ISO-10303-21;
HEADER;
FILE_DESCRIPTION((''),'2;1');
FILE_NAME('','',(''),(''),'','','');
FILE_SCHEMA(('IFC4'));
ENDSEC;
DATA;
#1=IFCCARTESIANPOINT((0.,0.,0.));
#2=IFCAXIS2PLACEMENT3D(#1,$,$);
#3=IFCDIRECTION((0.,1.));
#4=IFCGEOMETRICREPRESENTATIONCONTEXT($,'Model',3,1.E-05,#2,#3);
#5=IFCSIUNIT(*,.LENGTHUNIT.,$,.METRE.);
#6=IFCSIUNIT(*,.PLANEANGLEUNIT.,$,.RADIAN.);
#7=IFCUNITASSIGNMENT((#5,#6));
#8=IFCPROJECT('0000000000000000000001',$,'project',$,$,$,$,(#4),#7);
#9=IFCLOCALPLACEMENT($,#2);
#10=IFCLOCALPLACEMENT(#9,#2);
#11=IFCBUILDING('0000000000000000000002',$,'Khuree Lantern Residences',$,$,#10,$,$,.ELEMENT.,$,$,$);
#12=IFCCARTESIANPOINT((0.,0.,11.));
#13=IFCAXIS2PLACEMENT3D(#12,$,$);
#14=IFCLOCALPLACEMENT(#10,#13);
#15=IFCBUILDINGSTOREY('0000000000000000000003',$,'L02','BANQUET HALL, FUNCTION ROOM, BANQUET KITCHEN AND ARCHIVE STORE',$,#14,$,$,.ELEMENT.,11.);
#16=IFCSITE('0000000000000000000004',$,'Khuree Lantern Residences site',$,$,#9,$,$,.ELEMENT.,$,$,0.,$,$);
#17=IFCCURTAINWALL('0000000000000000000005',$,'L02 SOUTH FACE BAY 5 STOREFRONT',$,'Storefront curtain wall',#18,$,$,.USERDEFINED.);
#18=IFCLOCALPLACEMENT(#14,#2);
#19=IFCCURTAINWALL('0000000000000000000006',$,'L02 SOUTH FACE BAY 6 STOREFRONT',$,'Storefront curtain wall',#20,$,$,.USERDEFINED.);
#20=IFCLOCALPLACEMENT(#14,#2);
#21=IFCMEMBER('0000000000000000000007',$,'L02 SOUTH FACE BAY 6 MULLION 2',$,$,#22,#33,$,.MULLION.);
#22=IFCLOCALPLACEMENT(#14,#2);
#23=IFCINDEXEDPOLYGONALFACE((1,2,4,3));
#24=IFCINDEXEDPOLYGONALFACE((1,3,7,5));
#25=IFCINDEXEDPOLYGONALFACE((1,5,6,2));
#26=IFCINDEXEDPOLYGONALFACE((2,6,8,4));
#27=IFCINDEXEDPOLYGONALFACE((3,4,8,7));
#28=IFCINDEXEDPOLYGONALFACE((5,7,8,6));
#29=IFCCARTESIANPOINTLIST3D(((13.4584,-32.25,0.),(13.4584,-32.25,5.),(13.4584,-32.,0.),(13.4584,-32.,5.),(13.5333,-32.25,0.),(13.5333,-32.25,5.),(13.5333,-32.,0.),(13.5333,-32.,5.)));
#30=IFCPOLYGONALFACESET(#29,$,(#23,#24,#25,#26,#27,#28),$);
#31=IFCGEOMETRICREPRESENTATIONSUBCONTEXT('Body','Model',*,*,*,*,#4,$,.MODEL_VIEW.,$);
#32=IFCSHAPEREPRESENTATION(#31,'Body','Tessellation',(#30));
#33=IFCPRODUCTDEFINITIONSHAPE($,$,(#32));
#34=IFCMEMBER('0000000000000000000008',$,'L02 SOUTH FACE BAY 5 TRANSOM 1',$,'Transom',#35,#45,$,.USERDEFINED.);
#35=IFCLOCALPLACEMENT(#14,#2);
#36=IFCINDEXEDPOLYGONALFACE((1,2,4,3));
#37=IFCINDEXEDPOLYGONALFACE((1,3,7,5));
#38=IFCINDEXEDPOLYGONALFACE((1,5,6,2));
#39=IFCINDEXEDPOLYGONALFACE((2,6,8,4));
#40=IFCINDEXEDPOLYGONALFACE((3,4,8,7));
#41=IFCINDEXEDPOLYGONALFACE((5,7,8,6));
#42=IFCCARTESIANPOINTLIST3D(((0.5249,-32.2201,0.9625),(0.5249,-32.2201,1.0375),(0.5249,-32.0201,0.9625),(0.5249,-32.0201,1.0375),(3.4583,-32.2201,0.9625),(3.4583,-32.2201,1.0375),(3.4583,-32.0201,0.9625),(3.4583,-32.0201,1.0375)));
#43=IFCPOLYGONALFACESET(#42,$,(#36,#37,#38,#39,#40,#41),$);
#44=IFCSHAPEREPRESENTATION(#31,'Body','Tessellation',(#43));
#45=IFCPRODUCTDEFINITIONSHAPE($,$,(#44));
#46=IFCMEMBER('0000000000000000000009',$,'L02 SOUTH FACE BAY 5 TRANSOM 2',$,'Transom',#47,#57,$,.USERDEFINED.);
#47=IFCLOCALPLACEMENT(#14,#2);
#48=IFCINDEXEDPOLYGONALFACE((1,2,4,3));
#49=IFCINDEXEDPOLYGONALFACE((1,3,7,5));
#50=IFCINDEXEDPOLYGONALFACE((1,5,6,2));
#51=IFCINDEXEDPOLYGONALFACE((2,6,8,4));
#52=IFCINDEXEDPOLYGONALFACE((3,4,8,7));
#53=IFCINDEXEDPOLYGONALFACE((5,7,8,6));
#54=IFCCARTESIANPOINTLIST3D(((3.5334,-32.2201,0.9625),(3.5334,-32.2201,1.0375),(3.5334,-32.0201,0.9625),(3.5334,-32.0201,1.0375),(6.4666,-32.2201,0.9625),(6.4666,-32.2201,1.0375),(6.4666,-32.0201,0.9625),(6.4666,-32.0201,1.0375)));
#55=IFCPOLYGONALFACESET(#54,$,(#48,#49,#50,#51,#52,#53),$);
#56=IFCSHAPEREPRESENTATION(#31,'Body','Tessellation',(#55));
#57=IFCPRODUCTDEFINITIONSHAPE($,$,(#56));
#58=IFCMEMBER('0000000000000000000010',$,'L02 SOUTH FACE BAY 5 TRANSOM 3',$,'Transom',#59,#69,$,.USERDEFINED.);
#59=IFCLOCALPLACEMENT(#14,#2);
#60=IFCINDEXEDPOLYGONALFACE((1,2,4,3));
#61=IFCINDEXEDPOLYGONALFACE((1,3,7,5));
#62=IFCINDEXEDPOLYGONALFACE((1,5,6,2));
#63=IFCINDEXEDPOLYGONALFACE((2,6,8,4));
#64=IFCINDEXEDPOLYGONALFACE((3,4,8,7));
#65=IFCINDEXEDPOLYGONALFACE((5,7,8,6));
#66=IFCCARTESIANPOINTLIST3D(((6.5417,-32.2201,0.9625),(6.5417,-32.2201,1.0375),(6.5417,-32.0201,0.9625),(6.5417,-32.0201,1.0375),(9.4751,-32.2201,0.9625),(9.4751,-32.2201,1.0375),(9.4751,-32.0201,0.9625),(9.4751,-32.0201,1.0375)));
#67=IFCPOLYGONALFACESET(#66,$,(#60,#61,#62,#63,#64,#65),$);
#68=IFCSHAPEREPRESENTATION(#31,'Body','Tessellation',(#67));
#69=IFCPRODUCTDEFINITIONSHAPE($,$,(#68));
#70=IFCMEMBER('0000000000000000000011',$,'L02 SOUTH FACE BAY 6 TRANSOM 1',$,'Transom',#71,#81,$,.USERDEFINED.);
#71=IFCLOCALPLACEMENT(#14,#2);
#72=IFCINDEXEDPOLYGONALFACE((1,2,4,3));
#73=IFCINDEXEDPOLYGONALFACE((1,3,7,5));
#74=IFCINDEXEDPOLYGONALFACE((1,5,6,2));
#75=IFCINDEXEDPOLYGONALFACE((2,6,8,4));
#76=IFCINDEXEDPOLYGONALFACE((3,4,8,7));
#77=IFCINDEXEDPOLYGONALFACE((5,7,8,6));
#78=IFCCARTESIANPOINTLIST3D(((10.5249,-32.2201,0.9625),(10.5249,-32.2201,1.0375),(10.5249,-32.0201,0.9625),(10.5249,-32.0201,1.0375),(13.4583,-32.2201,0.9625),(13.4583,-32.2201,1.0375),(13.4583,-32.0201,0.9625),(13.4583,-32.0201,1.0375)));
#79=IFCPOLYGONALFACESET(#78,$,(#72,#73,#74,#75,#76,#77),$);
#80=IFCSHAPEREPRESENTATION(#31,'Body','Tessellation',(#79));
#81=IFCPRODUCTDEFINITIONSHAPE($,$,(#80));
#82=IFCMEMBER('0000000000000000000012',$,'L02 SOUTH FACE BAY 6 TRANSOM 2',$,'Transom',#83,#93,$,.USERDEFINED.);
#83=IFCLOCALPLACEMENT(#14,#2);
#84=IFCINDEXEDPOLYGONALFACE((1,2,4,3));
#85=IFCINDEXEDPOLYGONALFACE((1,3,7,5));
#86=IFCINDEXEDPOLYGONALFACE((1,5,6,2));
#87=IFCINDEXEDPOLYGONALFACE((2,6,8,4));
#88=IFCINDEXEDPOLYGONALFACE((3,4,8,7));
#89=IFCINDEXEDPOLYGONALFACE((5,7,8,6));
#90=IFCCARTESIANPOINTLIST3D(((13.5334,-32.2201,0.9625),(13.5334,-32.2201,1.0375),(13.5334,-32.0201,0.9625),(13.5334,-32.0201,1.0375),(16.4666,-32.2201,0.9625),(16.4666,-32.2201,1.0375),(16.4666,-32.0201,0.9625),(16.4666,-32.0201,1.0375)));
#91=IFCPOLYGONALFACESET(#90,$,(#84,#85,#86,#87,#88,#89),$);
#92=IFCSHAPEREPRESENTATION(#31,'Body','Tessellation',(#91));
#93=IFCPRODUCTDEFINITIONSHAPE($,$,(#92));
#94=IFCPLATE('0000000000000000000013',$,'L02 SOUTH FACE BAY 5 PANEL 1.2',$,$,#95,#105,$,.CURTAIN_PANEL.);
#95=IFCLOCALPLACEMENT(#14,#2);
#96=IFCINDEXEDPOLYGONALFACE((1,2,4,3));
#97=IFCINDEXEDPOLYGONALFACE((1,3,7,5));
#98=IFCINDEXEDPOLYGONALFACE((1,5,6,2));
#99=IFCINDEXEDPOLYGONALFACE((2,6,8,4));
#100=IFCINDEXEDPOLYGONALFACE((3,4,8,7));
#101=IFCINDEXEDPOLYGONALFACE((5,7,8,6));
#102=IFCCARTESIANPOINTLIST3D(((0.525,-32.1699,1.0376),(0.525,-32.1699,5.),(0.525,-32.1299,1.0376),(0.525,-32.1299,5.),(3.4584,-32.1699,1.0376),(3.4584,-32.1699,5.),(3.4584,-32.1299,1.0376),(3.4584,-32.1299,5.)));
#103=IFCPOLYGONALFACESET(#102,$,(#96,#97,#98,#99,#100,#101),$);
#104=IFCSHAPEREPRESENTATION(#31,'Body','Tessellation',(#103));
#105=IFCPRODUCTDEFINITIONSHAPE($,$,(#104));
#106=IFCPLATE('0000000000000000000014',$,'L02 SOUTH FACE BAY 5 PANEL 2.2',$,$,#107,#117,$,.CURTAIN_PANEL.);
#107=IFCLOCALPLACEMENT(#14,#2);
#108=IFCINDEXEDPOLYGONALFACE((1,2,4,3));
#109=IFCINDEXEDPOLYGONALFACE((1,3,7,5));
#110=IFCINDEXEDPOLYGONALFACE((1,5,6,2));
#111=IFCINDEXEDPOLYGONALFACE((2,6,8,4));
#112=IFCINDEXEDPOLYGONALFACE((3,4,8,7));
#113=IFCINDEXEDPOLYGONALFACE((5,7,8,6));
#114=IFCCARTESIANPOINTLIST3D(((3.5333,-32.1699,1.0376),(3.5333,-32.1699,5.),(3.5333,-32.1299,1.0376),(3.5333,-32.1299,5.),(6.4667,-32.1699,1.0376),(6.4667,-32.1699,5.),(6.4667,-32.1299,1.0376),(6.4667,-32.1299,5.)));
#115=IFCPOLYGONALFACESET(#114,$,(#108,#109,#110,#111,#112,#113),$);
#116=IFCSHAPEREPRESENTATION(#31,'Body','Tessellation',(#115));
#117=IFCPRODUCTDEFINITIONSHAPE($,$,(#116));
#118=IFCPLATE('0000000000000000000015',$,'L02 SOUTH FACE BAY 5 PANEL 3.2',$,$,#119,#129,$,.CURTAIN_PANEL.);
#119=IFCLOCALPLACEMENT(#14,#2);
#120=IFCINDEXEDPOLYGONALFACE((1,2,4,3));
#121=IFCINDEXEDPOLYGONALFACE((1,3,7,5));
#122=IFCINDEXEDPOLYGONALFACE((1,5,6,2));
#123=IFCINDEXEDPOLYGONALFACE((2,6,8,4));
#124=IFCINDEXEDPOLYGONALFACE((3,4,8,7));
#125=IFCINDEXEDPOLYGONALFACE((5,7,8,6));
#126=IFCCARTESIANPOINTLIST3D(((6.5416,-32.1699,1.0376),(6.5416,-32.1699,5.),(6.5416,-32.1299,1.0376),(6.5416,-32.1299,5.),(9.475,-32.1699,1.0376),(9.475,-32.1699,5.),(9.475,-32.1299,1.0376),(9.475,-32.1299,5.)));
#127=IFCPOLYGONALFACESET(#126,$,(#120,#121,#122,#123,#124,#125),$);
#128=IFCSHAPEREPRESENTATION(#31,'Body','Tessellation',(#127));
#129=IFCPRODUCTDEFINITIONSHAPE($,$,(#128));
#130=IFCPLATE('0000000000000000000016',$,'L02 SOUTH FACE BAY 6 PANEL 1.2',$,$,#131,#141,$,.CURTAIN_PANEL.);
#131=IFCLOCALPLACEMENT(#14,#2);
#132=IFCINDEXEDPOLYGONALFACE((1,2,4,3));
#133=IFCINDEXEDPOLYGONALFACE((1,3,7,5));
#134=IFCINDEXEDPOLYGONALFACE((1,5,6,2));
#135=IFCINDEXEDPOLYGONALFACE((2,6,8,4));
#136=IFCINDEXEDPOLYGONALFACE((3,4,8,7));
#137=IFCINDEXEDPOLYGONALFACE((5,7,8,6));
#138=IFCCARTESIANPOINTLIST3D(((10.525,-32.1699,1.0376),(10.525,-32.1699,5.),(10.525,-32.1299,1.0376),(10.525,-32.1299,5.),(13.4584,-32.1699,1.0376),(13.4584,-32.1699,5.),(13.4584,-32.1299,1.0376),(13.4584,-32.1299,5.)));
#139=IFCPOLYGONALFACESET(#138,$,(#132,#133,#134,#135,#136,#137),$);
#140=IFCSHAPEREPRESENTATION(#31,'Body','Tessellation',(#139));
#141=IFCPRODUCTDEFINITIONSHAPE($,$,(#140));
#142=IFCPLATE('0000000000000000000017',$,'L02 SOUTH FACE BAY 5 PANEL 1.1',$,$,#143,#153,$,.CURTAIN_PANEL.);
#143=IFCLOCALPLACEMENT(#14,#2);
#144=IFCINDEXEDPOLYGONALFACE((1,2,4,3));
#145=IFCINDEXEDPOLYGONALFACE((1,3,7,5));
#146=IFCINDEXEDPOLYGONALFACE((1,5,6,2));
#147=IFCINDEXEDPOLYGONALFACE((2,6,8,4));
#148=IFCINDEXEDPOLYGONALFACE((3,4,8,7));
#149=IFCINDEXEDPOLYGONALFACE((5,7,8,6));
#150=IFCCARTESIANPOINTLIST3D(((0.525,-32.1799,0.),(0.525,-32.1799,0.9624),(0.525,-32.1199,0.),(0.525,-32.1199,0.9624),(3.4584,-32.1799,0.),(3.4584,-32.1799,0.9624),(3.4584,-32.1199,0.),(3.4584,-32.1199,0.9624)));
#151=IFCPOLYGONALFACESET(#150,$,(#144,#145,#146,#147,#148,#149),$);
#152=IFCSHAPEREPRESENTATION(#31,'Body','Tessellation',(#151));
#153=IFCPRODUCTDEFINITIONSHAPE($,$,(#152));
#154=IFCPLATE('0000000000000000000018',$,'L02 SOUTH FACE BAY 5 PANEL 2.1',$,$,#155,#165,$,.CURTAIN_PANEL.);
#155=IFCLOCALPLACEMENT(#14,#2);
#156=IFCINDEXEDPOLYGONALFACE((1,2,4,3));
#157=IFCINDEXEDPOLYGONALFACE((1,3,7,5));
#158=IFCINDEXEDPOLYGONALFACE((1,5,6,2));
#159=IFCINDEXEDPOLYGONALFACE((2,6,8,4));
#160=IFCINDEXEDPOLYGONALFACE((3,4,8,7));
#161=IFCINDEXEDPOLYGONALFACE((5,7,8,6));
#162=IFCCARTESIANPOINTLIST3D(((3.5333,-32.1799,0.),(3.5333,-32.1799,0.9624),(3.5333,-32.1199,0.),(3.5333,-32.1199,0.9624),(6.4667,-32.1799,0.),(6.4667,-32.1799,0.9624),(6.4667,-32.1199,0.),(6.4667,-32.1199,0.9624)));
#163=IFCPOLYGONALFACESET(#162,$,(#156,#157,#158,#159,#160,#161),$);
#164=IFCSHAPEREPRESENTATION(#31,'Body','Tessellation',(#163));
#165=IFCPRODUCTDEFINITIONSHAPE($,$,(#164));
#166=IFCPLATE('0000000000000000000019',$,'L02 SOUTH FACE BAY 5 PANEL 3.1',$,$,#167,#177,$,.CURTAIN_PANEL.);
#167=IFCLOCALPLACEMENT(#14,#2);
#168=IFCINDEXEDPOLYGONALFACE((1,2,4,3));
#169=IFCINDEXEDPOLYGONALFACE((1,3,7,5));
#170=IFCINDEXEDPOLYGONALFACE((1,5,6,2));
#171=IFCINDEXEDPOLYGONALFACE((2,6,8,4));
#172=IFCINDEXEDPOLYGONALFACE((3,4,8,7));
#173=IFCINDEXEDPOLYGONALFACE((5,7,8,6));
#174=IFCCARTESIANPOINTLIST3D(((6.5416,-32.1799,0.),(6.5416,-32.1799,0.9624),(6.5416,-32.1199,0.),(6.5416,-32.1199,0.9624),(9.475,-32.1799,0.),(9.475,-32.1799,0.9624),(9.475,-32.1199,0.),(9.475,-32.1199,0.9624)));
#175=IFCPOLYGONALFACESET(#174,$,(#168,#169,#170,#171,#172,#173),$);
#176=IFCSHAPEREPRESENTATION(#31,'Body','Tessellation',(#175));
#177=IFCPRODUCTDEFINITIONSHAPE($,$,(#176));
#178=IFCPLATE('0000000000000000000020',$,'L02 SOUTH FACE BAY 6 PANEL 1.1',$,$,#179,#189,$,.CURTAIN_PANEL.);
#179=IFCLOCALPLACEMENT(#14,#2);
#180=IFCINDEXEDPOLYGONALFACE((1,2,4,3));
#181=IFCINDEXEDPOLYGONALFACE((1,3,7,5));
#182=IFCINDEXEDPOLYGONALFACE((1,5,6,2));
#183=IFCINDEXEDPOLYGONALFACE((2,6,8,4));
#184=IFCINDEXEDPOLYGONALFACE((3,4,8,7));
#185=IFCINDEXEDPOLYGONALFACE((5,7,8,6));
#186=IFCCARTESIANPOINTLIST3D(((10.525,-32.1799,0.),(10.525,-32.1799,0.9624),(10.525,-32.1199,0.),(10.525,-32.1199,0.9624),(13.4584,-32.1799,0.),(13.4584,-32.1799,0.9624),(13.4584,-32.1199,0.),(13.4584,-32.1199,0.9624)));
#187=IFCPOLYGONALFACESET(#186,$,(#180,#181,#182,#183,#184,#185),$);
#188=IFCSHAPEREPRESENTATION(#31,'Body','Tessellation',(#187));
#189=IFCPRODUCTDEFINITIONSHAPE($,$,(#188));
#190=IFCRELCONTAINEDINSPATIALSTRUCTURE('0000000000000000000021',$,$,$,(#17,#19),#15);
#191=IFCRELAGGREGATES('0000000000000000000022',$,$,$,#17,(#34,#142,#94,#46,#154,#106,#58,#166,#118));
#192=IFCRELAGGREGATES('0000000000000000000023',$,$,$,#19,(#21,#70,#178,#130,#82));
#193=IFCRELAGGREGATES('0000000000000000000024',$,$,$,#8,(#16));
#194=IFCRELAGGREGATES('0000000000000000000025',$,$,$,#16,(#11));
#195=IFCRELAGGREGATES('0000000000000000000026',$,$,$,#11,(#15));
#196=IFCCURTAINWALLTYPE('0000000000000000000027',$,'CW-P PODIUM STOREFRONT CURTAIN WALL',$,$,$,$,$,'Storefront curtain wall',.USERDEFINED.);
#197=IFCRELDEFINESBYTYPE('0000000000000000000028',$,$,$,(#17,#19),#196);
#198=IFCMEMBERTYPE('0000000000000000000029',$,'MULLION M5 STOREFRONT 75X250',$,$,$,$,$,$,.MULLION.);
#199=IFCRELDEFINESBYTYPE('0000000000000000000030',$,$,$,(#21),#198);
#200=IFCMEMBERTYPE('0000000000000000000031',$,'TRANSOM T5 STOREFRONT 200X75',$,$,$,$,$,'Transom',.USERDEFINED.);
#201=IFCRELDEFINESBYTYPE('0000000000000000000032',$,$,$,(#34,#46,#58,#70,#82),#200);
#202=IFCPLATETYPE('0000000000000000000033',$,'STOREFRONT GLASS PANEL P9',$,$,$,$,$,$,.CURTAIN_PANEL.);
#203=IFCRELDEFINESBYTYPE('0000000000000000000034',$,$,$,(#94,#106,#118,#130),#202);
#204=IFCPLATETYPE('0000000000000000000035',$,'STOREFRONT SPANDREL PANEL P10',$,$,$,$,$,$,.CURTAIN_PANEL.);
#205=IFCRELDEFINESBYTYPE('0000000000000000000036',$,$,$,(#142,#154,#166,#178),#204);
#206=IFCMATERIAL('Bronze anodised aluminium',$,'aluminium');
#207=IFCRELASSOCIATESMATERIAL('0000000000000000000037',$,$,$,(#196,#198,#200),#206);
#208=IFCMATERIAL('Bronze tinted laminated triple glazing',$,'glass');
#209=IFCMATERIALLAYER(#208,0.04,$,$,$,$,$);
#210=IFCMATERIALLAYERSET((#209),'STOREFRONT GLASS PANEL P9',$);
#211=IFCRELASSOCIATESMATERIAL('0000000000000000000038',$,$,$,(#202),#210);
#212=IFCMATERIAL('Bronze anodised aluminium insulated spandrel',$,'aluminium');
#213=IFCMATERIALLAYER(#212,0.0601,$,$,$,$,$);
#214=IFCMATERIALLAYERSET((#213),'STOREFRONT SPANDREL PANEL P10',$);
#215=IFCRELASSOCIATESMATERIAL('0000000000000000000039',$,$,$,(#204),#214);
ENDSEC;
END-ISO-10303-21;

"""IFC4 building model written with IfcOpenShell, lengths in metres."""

from ifc_helpers import new_model, si_unit, direction, frame, origin, origin_2d, place, context, subcontext, project, spatial, rectangle, extrude, material, layer, layer_set, material_profile, profile_set, type_object, element, aggregate, save


model = new_model("IFC4")

# Units and contexts
model_context = context("Model", 3, precision=1e-05, world=origin(), true_north=direction((0.0, 1.0)))
body_context = subcontext(model_context, "Body", "Model", "MODEL_VIEW")
ifc_project = project(units=[si_unit("LENGTHUNIT", "METRE"), si_unit("PLANEANGLEUNIT", "RADIAN")], contexts=[model_context])

# Site, building, storey
site_placement = place(None, origin())
site = spatial("IfcSite", under=ifc_project, at=site_placement, Name="Khuree Lantern Residences site", CompositionType="ELEMENT", RefElevation=0.0)
building_placement = place(site_placement, origin())
building = spatial("IfcBuilding", under=site, at=building_placement, Name="Khuree Lantern Residences", CompositionType="ELEMENT")
storey_placement = place(building_placement, frame((0.0, 0.0, 11.0)))
storey = spatial("IfcBuildingStorey", under=building, at=storey_placement, Name="L02", Description="BANQUET HALL, FUNCTION ROOM, BANQUET KITCHEN AND ARCHIVE STORE", CompositionType="ELEMENT", Elevation=11.0)

# Curtain walls, member
ifc_material_1 = material(Name="Bronze anodised aluminium", Category="aluminium")
curtain_wall_type = type_object("IfcCurtainWallType", Name="CW-P PODIUM STOREFRONT CURTAIN WALL", ElementType="Storefront curtain wall", PredefinedType="USERDEFINED", material=ifc_material_1)
curtain_wall_1_placement = place(storey_placement, origin())
curtain_wall_1 = element("IfcCurtainWall", 1, at=curtain_wall_1_placement, inside=storey, type_object=curtain_wall_type, Name="L02 SOUTH FACE BAY 5 STOREFRONT", ObjectType="Storefront curtain wall", PredefinedType="USERDEFINED")
ifc_material_profile_1 = material_profile(ifc_material_1, rectangle(XDim=0.075, YDim=0.25, at=origin_2d()), Name="M5 75X250")
ifc_profile_set_1 = profile_set([ifc_material_profile_1], Name="Bronze anodised aluminium")
member_type_1 = type_object("IfcMemberType", Name="MULLION M5 STOREFRONT 75X250", PredefinedType="MULLION", material=ifc_profile_set_1)
curtain_wall_2_placement = place(storey_placement, origin())
curtain_wall_2 = element("IfcCurtainWall", 2, at=curtain_wall_2_placement, inside=storey, type_object=curtain_wall_type, Name="L02 SOUTH FACE BAY 6 STOREFRONT", ObjectType="Storefront curtain wall", PredefinedType="USERDEFINED")
member_1_placement = place(storey_placement, frame((13.4958, -32.125, 0.0), z_axis=(0.0, 0.0, 1.0), x_axis=(1.0, 0.0, 0.0)))
member_1 = element("IfcMember", 3, at=member_1_placement, type_object=member_type_1, Name="L02 SOUTH FACE BAY 6 MULLION 2", PredefinedType="MULLION", context=body_context, shape_type="SweptSolid", body=[
    extrude(rectangle(XDim=0.075, YDim=0.25, at=origin_2d()), origin(), (0.0, 0.0, 1.0), 5.0),
])

# Members
ifc_material_profile_2 = material_profile(ifc_material_1, rectangle(XDim=0.2, YDim=0.075, at=origin_2d()), Name="T5 200X75")
ifc_profile_set_2 = profile_set([ifc_material_profile_2], Name="Bronze anodised aluminium")
member_type_2 = type_object("IfcMemberType", Name="TRANSOM T5 STOREFRONT 200X75", ElementType="Transom", PredefinedType="USERDEFINED", material=ifc_profile_set_2)
member_2_placement = place(storey_placement, frame((0.5249, -32.1201, 1.0), z_axis=(1.0, 0.0, 0.0), x_axis=(0.0, 1.0, 0.0)))
member_2 = element("IfcMember", 4, at=member_2_placement, type_object=member_type_2, Name="L02 SOUTH FACE BAY 5 TRANSOM 1", ObjectType="Transom", PredefinedType="USERDEFINED", context=body_context, shape_type="SweptSolid", body=[
    extrude(rectangle(XDim=0.2, YDim=0.075, at=origin_2d()), origin(), (0.0, 0.0, 1.0), 2.9333),
])
member_3_placement = place(storey_placement, frame((3.5334, -32.1201, 1.0), z_axis=(1.0, 0.0, 0.0), x_axis=(0.0, 1.0, 0.0)))
member_3 = element("IfcMember", 5, at=member_3_placement, type_object=member_type_2, Name="L02 SOUTH FACE BAY 5 TRANSOM 2", ObjectType="Transom", PredefinedType="USERDEFINED", context=body_context, shape_type="SweptSolid", body=[
    extrude(rectangle(XDim=0.2, YDim=0.075, at=origin_2d()), origin(), (0.0, 0.0, 1.0), 2.9331),
])
member_4_placement = place(storey_placement, frame((6.5417, -32.1201, 1.0), z_axis=(1.0, 0.0, 0.0), x_axis=(0.0, 1.0, 0.0)))
member_4 = element("IfcMember", 6, at=member_4_placement, type_object=member_type_2, Name="L02 SOUTH FACE BAY 5 TRANSOM 3", ObjectType="Transom", PredefinedType="USERDEFINED", context=body_context, shape_type="SweptSolid", body=[
    extrude(rectangle(XDim=0.2, YDim=0.075, at=origin_2d()), origin(), (0.0, 0.0, 1.0), 2.9333),
])
member_5_placement = place(storey_placement, frame((10.5249, -32.1201, 1.0), z_axis=(1.0, 0.0, 0.0), x_axis=(0.0, 1.0, 0.0)))
member_5 = element("IfcMember", 7, at=member_5_placement, type_object=member_type_2, Name="L02 SOUTH FACE BAY 6 TRANSOM 1", ObjectType="Transom", PredefinedType="USERDEFINED", context=body_context, shape_type="SweptSolid", body=[
    extrude(rectangle(XDim=0.2, YDim=0.075, at=origin_2d()), origin(), (0.0, 0.0, 1.0), 2.9333),
])
member_6_placement = place(storey_placement, frame((13.5334, -32.1201, 1.0), z_axis=(1.0, 0.0, 0.0), x_axis=(0.0, 1.0, 0.0)))
member_6 = element("IfcMember", 8, at=member_6_placement, type_object=member_type_2, Name="L02 SOUTH FACE BAY 6 TRANSOM 2", ObjectType="Transom", PredefinedType="USERDEFINED", context=body_context, shape_type="SweptSolid", body=[
    extrude(rectangle(XDim=0.2, YDim=0.075, at=origin_2d()), origin(), (0.0, 0.0, 1.0), 2.9331),
])

# Plates
ifc_material_2 = material(Name="Bronze tinted laminated triple glazing", Category="glass")
ifc_layer_1 = layer(ifc_material_2, 0.04)
ifc_layer_set_1 = layer_set([ifc_layer_1], Name="STOREFRONT GLASS PANEL P9")
plate_type_1 = type_object("IfcPlateType", Name="STOREFRONT GLASS PANEL P9", PredefinedType="CURTAIN_PANEL", material=ifc_layer_set_1)
plate_1_placement = place(storey_placement, frame((1.9917, -32.1499, 1.0376), z_axis=(0.0, 0.0, 1.0), x_axis=(1.0, 0.0, 0.0)))
plate_1 = element("IfcPlate", 9, at=plate_1_placement, type_object=plate_type_1, Name="L02 SOUTH FACE BAY 5 PANEL 1.2", PredefinedType="CURTAIN_PANEL", context=body_context, shape_type="SweptSolid", body=[
    extrude(rectangle(XDim=2.9333, YDim=0.04, at=origin_2d()), origin(), (0.0, 0.0, 1.0), 3.9624),
])
plate_2_placement = place(storey_placement, frame((5.0, -32.1499, 1.0376), z_axis=(0.0, 0.0, 1.0), x_axis=(1.0, 0.0, 0.0)))
plate_2 = element("IfcPlate", 10, at=plate_2_placement, type_object=plate_type_1, Name="L02 SOUTH FACE BAY 5 PANEL 2.2", PredefinedType="CURTAIN_PANEL", context=body_context, shape_type="SweptSolid", body=[
    extrude(rectangle(XDim=2.9333, YDim=0.04, at=origin_2d()), origin(), (0.0, 0.0, 1.0), 3.9624),
])
plate_3_placement = place(storey_placement, frame((8.0083, -32.1499, 1.0376), z_axis=(0.0, 0.0, 1.0), x_axis=(1.0, 0.0, 0.0)))
plate_3 = element("IfcPlate", 11, at=plate_3_placement, type_object=plate_type_1, Name="L02 SOUTH FACE BAY 5 PANEL 3.2", PredefinedType="CURTAIN_PANEL", context=body_context, shape_type="SweptSolid", body=[
    extrude(rectangle(XDim=2.9333, YDim=0.04, at=origin_2d()), origin(), (0.0, 0.0, 1.0), 3.9624),
])
plate_4_placement = place(storey_placement, frame((11.9917, -32.1499, 1.0376), z_axis=(0.0, 0.0, 1.0), x_axis=(1.0, 0.0, 0.0)))
plate_4 = element("IfcPlate", 12, at=plate_4_placement, type_object=plate_type_1, Name="L02 SOUTH FACE BAY 6 PANEL 1.2", PredefinedType="CURTAIN_PANEL", context=body_context, shape_type="SweptSolid", body=[
    extrude(rectangle(XDim=2.9333, YDim=0.04, at=origin_2d()), origin(), (0.0, 0.0, 1.0), 3.9624),
])
ifc_material_3 = material(Name="Bronze anodised aluminium insulated spandrel", Category="aluminium")
ifc_layer_2 = layer(ifc_material_3, 0.0601)
ifc_layer_set_2 = layer_set([ifc_layer_2], Name="STOREFRONT SPANDREL PANEL P10")
plate_type_2 = type_object("IfcPlateType", Name="STOREFRONT SPANDREL PANEL P10", PredefinedType="CURTAIN_PANEL", material=ifc_layer_set_2)
plate_5_placement = place(storey_placement, frame((1.9917, -32.1499, 0.0), z_axis=(0.0, 0.0, 1.0), x_axis=(1.0, 0.0, 0.0)))
plate_5 = element("IfcPlate", 13, at=plate_5_placement, type_object=plate_type_2, Name="L02 SOUTH FACE BAY 5 PANEL 1.1", PredefinedType="CURTAIN_PANEL", context=body_context, shape_type="SweptSolid", body=[
    extrude(rectangle(XDim=2.9333, YDim=0.0601, at=origin_2d()), origin(), (0.0, 0.0, 1.0), 0.9624),
])
plate_6_placement = place(storey_placement, frame((5.0, -32.1499, 0.0), z_axis=(0.0, 0.0, 1.0), x_axis=(1.0, 0.0, 0.0)))
plate_6 = element("IfcPlate", 14, at=plate_6_placement, type_object=plate_type_2, Name="L02 SOUTH FACE BAY 5 PANEL 2.1", PredefinedType="CURTAIN_PANEL", context=body_context, shape_type="SweptSolid", body=[
    extrude(rectangle(XDim=2.9333, YDim=0.0601, at=origin_2d()), origin(), (0.0, 0.0, 1.0), 0.9624),
])
plate_7_placement = place(storey_placement, frame((8.0083, -32.1499, 0.0), z_axis=(0.0, 0.0, 1.0), x_axis=(1.0, 0.0, 0.0)))
plate_7 = element("IfcPlate", 15, at=plate_7_placement, type_object=plate_type_2, Name="L02 SOUTH FACE BAY 5 PANEL 3.1", PredefinedType="CURTAIN_PANEL", context=body_context, shape_type="SweptSolid", body=[
    extrude(rectangle(XDim=2.9333, YDim=0.0601, at=origin_2d()), origin(), (0.0, 0.0, 1.0), 0.9624),
])
aggregate(curtain_wall_1, [member_2, plate_5, plate_1, member_3, plate_6, plate_2, member_4, plate_7, plate_3])
plate_8_placement = place(storey_placement, frame((11.9917, -32.1499, 0.0), z_axis=(0.0, 0.0, 1.0), x_axis=(1.0, 0.0, 0.0)))
plate_8 = element("IfcPlate", 16, at=plate_8_placement, type_object=plate_type_2, Name="L02 SOUTH FACE BAY 6 PANEL 1.1", PredefinedType="CURTAIN_PANEL", context=body_context, shape_type="SweptSolid", body=[
    extrude(rectangle(XDim=2.9333, YDim=0.0601, at=origin_2d()), origin(), (0.0, 0.0, 1.0), 0.9624),
])
aggregate(curtain_wall_2, [member_1, member_5, plate_8, plate_4, member_6])

save(model, "model.ifc")
